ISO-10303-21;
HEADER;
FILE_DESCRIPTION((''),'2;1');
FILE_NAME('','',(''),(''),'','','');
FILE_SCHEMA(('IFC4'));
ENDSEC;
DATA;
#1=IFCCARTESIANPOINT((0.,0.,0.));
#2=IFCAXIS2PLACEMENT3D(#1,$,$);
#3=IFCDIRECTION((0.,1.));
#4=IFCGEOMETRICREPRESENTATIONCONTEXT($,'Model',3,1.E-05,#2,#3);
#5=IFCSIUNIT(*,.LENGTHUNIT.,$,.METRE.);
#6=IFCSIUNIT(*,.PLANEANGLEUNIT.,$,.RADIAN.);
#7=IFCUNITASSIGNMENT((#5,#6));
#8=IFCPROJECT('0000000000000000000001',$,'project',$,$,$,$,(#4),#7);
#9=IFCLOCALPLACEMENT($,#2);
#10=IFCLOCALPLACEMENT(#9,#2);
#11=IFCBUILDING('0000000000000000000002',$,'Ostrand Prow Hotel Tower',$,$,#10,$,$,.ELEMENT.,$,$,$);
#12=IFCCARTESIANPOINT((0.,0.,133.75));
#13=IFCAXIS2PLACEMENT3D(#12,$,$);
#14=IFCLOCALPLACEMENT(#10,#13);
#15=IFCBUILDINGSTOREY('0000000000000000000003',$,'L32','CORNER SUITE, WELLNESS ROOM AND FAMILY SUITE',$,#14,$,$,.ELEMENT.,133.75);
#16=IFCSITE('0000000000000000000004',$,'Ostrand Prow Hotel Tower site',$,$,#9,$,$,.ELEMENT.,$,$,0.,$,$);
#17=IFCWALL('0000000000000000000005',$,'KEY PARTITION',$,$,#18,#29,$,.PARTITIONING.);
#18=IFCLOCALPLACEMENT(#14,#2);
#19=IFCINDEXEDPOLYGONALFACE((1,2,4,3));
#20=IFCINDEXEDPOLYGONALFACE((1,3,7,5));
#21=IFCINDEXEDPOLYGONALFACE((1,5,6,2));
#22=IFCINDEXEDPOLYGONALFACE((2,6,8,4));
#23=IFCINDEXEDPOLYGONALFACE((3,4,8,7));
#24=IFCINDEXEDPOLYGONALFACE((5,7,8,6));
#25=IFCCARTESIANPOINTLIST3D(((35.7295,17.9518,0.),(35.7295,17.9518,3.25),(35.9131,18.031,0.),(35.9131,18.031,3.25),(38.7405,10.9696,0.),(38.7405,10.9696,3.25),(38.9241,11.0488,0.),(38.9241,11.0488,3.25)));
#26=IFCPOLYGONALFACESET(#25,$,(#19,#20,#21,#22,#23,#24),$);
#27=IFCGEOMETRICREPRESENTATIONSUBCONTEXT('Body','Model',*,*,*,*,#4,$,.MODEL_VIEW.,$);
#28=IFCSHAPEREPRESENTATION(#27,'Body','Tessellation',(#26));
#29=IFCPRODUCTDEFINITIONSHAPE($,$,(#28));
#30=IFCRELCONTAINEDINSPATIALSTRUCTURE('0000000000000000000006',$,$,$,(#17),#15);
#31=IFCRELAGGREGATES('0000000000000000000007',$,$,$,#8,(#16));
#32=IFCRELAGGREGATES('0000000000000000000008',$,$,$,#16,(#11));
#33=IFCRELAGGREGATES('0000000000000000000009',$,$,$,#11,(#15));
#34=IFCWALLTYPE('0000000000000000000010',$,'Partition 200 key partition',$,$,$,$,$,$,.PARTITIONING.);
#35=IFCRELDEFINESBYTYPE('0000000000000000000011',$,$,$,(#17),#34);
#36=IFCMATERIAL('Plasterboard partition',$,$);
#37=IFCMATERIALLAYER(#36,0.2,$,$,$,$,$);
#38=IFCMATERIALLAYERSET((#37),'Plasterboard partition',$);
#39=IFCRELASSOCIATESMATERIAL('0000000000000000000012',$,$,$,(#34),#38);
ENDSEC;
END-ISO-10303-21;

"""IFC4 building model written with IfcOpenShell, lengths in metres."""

from ifc_helpers import new_model, si_unit, direction, frame, frame_2d, origin, place, context, subcontext, project, spatial, rectangle, extrude, material, layer, layer_set, type_object, element, save


model = new_model("IFC4")

# Units and contexts
model_context = context("Model", 3, precision=1e-05, world=origin(), true_north=direction((0.0, 1.0)))
body_context = subcontext(model_context, "Body", "Model", "MODEL_VIEW")
ifc_project = project(units=[si_unit("LENGTHUNIT", "METRE"), si_unit("PLANEANGLEUNIT", "RADIAN")], contexts=[model_context])

# Site, building, storey
site_placement = place(None, origin())
site = spatial("IfcSite", under=ifc_project, at=site_placement, Name="Ostrand Prow Hotel Tower site", CompositionType="ELEMENT", RefElevation=0.0)
building_placement = place(site_placement, origin())
building = spatial("IfcBuilding", under=site, at=building_placement, Name="Ostrand Prow Hotel Tower", CompositionType="ELEMENT")
storey_placement = place(building_placement, frame((0.0, 0.0, 133.75)))
storey = spatial("IfcBuildingStorey", under=building, at=storey_placement, Name="L32", Description="CORNER SUITE, WELLNESS ROOM AND FAMILY SUITE", CompositionType="ELEMENT", Elevation=133.75)

# Wall
ifc_material_1 = material(Name="Plasterboard partition")
ifc_layer_1 = layer(ifc_material_1, 0.2)
ifc_layer_set_1 = layer_set([ifc_layer_1], Name="Plasterboard partition")
wall_type_1 = type_object("IfcWallType", Name="Partition 200 key partition", PredefinedType="PARTITIONING", material=ifc_layer_set_1)
wall_1_placement = place(storey_placement, frame((38.8323, 11.0093, 0.0), z_axis=(0.0, 0.0, 1.0), x_axis=(-0.395988, 0.918256, 0.0)))
element("IfcWall", 1, at=wall_1_placement, inside=storey, type_object=wall_type_1, Name="KEY PARTITION", PredefinedType="PARTITIONING", context=body_context, shape_type="SweptSolid", body=[
    extrude(rectangle(XDim=7.6038, YDim=0.2, at=frame_2d((3.8018, 0.0))), origin(), (0.0, 0.0, 1.0), 3.25),
])

save(model, "model.ifc")
